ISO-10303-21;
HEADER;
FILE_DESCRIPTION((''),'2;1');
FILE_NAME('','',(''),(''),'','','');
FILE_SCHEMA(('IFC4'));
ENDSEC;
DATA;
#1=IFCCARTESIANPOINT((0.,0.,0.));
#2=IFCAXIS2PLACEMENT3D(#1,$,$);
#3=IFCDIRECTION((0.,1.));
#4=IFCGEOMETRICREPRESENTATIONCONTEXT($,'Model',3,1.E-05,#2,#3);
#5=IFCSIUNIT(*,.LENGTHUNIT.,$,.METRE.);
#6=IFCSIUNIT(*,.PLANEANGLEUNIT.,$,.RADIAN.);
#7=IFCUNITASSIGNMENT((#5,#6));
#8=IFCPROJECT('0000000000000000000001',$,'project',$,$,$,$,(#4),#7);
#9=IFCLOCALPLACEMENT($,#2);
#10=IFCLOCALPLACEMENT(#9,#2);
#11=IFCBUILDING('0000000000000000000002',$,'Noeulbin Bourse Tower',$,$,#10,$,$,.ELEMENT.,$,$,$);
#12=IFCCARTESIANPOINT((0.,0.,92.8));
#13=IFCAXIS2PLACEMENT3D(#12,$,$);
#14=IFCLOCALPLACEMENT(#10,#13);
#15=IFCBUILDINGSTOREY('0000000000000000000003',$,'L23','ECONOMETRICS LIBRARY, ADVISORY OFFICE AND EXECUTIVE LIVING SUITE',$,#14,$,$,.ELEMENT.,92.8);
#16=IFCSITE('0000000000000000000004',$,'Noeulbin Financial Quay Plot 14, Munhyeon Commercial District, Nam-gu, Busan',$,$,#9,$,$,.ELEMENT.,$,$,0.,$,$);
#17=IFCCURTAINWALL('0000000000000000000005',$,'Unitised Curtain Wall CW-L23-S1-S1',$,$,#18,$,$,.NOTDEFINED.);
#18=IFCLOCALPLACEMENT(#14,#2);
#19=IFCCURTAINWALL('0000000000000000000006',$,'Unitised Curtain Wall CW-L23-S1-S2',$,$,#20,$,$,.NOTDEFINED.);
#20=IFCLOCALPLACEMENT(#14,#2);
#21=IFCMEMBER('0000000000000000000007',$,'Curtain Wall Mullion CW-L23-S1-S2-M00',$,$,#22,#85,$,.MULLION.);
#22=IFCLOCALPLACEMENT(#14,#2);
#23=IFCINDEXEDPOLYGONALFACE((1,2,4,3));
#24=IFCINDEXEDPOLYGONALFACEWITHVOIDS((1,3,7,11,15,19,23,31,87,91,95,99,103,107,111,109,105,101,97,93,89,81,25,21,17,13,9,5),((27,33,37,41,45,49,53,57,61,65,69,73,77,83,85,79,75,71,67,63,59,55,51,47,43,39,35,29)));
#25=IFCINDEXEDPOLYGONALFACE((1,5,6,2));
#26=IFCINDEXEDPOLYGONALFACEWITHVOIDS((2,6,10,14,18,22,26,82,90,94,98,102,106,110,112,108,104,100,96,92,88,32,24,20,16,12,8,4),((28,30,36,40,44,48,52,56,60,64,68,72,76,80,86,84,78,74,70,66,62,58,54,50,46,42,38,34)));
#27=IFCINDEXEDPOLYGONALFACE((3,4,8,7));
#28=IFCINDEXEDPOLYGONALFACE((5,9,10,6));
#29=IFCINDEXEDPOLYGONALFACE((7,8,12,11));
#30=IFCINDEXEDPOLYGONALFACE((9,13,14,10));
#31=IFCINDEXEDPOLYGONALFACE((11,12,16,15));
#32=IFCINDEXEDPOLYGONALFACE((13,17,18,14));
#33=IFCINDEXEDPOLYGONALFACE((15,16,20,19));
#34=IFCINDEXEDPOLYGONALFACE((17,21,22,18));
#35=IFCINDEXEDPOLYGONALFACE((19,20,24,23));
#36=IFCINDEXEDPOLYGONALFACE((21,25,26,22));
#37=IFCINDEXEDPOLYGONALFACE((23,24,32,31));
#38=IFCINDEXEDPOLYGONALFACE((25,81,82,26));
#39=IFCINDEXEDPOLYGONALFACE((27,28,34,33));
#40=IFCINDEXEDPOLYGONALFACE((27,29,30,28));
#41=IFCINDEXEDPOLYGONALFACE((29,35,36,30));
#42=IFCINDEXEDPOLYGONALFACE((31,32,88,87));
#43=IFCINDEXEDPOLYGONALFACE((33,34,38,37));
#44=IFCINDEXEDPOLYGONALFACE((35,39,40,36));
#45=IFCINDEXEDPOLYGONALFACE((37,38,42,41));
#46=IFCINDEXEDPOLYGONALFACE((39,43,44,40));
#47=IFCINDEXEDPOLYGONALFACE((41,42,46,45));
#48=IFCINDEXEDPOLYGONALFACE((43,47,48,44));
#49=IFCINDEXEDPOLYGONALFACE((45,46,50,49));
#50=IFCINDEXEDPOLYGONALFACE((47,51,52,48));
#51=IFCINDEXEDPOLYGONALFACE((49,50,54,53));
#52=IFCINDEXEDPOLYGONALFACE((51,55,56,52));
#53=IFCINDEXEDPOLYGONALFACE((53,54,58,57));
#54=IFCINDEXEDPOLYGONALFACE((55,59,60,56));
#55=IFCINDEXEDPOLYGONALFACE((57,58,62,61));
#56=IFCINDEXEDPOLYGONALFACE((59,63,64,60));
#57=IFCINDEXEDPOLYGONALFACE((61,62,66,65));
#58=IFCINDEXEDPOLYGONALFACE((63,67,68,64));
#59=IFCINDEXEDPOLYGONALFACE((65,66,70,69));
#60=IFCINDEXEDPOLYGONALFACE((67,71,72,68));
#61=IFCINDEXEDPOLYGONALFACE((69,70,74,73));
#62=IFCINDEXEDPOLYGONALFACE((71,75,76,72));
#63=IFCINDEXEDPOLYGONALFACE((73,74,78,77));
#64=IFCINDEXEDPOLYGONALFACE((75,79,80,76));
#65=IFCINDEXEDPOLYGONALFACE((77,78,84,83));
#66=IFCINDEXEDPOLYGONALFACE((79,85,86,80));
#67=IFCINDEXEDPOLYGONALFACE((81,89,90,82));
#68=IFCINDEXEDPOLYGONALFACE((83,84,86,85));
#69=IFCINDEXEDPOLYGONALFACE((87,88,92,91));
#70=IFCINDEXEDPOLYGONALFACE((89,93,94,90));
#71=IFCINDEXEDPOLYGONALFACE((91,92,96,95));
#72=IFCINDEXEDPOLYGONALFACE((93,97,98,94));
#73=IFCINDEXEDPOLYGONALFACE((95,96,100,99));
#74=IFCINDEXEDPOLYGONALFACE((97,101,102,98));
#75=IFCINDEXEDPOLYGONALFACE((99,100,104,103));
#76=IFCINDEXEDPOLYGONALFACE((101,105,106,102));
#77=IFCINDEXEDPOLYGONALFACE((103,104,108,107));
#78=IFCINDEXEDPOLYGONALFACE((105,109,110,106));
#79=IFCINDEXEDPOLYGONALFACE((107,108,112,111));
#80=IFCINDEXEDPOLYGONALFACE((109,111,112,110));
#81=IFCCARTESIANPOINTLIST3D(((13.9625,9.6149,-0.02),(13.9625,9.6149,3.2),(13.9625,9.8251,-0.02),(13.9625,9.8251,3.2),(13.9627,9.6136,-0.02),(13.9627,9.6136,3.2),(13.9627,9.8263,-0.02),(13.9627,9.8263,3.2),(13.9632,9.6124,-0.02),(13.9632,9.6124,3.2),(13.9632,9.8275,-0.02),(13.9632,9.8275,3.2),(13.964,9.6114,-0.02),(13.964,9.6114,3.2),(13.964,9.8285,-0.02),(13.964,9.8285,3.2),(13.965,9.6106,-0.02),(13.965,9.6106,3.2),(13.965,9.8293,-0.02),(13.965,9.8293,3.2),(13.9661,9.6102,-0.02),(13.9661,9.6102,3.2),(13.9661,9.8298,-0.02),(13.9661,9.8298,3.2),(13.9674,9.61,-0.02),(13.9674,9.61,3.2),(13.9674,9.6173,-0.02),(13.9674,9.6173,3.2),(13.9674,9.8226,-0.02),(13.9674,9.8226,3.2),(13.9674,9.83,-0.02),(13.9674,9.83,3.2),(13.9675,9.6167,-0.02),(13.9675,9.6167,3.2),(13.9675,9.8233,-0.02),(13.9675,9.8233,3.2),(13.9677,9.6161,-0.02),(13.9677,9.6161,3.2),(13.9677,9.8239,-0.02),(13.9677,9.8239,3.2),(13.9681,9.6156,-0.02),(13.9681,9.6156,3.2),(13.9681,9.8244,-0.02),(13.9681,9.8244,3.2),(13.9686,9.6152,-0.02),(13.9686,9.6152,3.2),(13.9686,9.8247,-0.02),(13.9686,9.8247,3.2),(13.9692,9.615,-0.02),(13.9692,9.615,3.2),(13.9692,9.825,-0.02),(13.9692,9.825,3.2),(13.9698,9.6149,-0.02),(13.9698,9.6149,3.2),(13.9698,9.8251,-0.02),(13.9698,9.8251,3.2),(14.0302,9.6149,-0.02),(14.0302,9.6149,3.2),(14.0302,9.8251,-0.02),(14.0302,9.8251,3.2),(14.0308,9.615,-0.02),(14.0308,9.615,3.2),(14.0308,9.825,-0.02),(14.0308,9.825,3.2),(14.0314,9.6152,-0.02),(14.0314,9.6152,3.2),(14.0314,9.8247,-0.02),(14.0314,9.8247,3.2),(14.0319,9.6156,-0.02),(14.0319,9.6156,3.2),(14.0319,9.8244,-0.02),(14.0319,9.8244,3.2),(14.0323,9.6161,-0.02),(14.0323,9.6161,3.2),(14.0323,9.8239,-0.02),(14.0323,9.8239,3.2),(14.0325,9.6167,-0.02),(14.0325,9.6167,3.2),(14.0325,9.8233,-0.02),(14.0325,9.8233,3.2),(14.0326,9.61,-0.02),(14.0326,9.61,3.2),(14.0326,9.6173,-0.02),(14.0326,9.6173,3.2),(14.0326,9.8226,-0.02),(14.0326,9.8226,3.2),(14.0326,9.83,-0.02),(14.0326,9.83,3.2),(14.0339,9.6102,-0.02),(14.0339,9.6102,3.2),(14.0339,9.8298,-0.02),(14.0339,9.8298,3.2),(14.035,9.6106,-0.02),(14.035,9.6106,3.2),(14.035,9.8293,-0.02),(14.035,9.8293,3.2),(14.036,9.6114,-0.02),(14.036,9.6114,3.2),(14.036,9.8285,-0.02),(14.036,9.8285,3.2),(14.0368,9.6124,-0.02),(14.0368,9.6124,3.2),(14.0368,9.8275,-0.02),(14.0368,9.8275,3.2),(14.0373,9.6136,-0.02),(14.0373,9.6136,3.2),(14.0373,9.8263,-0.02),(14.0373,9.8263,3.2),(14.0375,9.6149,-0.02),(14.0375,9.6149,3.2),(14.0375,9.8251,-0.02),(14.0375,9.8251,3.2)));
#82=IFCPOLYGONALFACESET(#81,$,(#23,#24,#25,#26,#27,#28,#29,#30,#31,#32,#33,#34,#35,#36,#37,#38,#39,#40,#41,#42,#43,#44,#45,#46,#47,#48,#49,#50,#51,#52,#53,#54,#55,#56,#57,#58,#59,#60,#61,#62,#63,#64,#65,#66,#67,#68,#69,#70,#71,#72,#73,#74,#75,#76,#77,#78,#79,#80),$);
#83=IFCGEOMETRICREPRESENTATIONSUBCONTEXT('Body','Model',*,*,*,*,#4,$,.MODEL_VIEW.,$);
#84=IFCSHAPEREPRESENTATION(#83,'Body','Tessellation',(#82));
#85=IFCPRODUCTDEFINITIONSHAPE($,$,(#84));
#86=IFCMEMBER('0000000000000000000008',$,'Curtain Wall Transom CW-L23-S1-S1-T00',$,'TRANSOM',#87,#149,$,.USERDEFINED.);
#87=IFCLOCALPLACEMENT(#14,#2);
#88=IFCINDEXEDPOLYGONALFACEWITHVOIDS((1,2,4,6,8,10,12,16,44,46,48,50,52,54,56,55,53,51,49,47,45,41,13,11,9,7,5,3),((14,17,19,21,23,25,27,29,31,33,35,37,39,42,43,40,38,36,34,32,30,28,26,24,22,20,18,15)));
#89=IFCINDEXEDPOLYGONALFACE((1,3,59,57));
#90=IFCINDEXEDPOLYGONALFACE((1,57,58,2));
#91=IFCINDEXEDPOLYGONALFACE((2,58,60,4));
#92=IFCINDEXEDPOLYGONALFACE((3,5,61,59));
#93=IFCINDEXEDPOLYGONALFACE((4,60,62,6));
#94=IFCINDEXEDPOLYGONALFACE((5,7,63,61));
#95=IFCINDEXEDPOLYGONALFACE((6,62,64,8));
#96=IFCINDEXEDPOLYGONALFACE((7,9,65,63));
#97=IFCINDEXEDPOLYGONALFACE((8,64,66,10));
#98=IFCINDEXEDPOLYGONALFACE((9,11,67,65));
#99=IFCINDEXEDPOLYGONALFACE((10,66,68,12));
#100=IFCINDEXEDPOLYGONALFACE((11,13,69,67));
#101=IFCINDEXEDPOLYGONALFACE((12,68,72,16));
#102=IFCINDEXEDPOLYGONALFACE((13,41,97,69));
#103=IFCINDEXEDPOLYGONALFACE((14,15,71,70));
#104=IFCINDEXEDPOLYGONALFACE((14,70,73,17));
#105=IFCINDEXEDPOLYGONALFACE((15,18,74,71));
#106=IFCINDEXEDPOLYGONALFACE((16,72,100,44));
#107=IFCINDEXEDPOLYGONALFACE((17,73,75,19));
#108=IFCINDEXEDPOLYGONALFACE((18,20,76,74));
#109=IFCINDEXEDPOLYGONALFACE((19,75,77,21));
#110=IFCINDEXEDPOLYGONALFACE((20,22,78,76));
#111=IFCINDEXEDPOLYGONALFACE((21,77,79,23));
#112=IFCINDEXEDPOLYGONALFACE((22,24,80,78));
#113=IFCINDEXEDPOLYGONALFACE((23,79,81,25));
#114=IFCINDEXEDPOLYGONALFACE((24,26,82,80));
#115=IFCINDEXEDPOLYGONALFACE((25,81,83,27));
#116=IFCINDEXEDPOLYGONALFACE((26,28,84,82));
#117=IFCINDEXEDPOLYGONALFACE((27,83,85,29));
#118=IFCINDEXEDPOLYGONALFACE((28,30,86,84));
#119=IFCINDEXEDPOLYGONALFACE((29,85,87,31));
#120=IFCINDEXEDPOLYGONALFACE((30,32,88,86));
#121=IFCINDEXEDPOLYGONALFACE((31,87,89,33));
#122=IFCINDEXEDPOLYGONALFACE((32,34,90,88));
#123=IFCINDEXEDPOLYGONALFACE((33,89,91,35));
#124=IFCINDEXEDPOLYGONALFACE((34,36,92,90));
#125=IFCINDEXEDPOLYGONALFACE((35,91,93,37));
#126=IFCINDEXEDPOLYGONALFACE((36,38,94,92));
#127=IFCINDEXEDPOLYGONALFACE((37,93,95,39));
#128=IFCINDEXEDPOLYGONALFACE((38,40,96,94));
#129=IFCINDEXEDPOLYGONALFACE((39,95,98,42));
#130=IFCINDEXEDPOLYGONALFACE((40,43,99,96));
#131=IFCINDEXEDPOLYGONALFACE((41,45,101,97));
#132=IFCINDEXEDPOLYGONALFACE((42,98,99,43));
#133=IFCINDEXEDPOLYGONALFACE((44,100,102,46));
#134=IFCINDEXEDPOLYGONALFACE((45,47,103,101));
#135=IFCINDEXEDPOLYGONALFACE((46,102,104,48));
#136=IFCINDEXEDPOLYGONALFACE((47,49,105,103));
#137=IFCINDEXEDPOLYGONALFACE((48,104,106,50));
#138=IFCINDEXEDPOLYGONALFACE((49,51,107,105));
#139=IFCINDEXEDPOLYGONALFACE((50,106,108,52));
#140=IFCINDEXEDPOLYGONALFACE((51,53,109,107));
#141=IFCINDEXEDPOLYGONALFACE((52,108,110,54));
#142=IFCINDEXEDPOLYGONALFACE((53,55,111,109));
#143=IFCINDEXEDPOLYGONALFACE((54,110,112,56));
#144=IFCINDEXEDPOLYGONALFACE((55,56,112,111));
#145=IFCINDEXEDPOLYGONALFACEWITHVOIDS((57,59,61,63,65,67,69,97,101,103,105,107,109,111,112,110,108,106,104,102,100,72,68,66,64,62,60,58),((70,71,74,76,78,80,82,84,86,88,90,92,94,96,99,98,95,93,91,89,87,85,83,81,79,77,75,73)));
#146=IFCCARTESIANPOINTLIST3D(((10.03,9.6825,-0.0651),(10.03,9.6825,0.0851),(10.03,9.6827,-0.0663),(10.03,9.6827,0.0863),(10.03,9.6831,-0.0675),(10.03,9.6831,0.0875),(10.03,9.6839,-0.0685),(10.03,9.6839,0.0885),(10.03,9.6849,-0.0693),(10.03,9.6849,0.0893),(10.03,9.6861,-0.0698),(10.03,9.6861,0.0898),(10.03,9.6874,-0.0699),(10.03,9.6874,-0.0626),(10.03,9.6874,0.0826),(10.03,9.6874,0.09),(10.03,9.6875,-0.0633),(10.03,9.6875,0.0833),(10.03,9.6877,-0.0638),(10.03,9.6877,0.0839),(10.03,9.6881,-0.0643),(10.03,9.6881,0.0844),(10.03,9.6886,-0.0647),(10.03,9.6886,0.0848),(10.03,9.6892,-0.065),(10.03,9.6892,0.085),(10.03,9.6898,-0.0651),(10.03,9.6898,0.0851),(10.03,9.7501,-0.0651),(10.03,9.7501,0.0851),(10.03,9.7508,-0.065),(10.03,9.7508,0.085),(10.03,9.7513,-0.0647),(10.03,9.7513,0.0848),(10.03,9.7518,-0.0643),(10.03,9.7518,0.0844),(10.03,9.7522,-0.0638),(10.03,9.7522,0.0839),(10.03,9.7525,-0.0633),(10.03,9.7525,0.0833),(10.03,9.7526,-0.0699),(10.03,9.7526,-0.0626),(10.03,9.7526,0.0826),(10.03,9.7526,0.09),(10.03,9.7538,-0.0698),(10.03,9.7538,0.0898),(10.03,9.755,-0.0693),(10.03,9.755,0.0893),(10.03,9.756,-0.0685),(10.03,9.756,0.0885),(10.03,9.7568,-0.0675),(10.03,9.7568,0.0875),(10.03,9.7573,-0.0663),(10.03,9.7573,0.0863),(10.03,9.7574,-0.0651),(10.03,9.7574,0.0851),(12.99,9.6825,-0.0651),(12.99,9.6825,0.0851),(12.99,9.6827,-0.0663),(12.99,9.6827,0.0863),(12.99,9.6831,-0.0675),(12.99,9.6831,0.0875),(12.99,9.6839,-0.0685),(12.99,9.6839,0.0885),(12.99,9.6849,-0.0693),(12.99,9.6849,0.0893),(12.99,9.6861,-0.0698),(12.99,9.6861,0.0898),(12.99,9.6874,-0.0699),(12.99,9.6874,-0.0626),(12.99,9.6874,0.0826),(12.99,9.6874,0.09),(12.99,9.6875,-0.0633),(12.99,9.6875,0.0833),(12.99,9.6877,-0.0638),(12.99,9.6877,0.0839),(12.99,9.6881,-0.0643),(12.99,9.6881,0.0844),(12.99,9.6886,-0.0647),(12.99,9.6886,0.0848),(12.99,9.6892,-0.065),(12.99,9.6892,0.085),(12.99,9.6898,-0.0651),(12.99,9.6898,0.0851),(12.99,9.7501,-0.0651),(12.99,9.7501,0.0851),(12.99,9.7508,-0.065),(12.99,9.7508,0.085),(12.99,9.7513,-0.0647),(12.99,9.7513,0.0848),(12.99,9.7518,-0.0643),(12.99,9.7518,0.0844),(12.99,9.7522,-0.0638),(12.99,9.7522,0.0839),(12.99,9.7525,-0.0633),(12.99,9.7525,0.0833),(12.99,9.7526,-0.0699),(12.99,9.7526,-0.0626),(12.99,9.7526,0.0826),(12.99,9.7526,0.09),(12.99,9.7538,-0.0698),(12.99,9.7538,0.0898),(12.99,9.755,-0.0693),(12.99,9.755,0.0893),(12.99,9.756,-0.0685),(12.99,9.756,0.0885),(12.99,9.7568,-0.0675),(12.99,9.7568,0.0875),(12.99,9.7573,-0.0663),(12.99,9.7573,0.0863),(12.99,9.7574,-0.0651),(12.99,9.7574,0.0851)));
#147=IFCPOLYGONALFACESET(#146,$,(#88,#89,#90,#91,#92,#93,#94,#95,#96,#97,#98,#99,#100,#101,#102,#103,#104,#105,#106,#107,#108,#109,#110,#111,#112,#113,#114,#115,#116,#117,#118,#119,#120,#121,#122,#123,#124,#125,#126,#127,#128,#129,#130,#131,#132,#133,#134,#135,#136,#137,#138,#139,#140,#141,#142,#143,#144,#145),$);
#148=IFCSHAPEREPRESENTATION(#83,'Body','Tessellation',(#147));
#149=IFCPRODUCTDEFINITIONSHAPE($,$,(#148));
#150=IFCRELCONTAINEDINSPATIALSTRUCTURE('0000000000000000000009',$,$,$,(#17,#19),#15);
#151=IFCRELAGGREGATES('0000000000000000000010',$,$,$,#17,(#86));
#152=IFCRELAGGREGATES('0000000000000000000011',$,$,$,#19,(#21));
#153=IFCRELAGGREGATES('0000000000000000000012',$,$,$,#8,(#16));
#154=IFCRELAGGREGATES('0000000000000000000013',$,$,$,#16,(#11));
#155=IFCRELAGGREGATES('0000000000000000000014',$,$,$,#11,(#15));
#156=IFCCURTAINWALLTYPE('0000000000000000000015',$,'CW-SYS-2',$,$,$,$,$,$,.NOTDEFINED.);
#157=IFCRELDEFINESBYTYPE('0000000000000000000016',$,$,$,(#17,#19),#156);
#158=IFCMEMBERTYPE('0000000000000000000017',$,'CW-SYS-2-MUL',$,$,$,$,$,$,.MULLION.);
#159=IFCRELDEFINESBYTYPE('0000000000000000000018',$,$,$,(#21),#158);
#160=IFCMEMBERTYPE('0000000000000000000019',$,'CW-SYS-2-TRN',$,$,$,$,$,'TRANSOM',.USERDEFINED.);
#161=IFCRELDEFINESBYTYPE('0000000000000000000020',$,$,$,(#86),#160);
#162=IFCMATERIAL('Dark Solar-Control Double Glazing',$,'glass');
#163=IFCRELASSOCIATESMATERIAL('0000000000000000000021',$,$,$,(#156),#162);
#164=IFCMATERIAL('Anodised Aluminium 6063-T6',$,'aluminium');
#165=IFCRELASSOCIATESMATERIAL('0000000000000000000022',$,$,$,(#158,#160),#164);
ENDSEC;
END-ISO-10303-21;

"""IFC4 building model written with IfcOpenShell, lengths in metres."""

from ifc_helpers import new_model, si_unit, direction, frame, origin, origin_2d, place, context, subcontext, project, spatial, hollow_rectangle, extrude, material, material_profile, profile_set, type_object, element, aggregate, save


model = new_model("IFC4")

# Units and contexts
model_context = context("Model", 3, precision=1e-05, world=origin(), true_north=direction((0.0, 1.0)))
body_context = subcontext(model_context, "Body", "Model", "MODEL_VIEW")
ifc_project = project(units=[si_unit("LENGTHUNIT", "METRE"), si_unit("PLANEANGLEUNIT", "RADIAN")], contexts=[model_context])

# Site, building, storey
site_placement = place(None, origin())
site = spatial("IfcSite", under=ifc_project, at=site_placement, Name="Noeulbin Financial Quay Plot 14, Munhyeon Commercial District, Nam-gu, Busan", CompositionType="ELEMENT", RefElevation=0.0)
building_placement = place(site_placement, origin())
building = spatial("IfcBuilding", under=site, at=building_placement, Name="Noeulbin Bourse Tower", CompositionType="ELEMENT")
storey_placement = place(building_placement, frame((0.0, 0.0, 92.8)))
storey = spatial("IfcBuildingStorey", under=building, at=storey_placement, Name="L23", Description="ECONOMETRICS LIBRARY, ADVISORY OFFICE AND EXECUTIVE LIVING SUITE", CompositionType="ELEMENT", Elevation=92.8)

# Curtain wall
ifc_material_1 = material(Name="Dark Solar-Control Double Glazing", Category="glass")
curtain_wall_type = type_object("IfcCurtainWallType", Name="CW-SYS-2", PredefinedType="NOTDEFINED", material=ifc_material_1)
curtain_wall_1_placement = place(storey_placement, origin())
curtain_wall_1 = element("IfcCurtainWall", 1, at=curtain_wall_1_placement, inside=storey, type_object=curtain_wall_type, Name="Unitised Curtain Wall CW-L23-S1-S1", PredefinedType="NOTDEFINED")
ifc_material_2 = material(Name="Anodised Aluminium 6063-T6", Category="aluminium")
ifc_material_profile_1 = material_profile(ifc_material_2, hollow_rectangle(XDim=0.075, YDim=0.22, WallThickness=0.0049, InnerFilletRadius=0.0024, OuterFilletRadius=0.0049, at=origin_2d()), Name="ALU-MULL-75x220x5", Category="LoadBearing")
ifc_profile_set_1 = profile_set([ifc_material_profile_1], Name="Anodised Aluminium 6063-T6")
member_type_1 = type_object("IfcMemberType", Name="CW-SYS-2-MUL", PredefinedType="MULLION", material=ifc_profile_set_1)

# Curtain wall, member
curtain_wall_2_placement = place(storey_placement, origin())
curtain_wall_2 = element("IfcCurtainWall", 2, at=curtain_wall_2_placement, inside=storey, type_object=curtain_wall_type, Name="Unitised Curtain Wall CW-L23-S1-S2", PredefinedType="NOTDEFINED")
member_1_placement = place(storey_placement, frame((14.0, 9.72, -0.02), z_axis=(0.0, 0.0, 1.0), x_axis=(1.0, 0.0, 0.0)))
member_1 = element("IfcMember", 3, at=member_1_placement, type_object=member_type_1, Name="Curtain Wall Mullion CW-L23-S1-S2-M00", PredefinedType="MULLION", context=body_context, shape_type="SweptSolid", body=[
    extrude(hollow_rectangle(XDim=0.075, YDim=0.22, WallThickness=0.0049, InnerFilletRadius=0.0024, OuterFilletRadius=0.0049, at=origin_2d()), origin(), (0.0, 0.0, 1.0), 3.22),
])

# Member
ifc_material_profile_2 = material_profile(ifc_material_2, hollow_rectangle(XDim=0.075, YDim=0.1599, WallThickness=0.0049, InnerFilletRadius=0.0024, OuterFilletRadius=0.0049, at=origin_2d()), Name="ALU-TRAN-75x160x5", Category="LoadBearing")
ifc_profile_set_2 = profile_set([ifc_material_profile_2], Name="Anodised Aluminium 6063-T6")
member_type_2 = type_object("IfcMemberType", Name="CW-SYS-2-TRN", ElementType="TRANSOM", PredefinedType="USERDEFINED", material=ifc_profile_set_2)
member_2_placement = place(storey_placement, frame((10.03, 9.72, 0.01), z_axis=(1.0, 0.0, 0.0), x_axis=(0.0, 1.0, 0.0)))
member_2 = element("IfcMember", 4, at=member_2_placement, type_object=member_type_2, Name="Curtain Wall Transom CW-L23-S1-S1-T00", ObjectType="TRANSOM", PredefinedType="USERDEFINED", context=body_context, shape_type="SweptSolid", body=[
    extrude(hollow_rectangle(XDim=0.075, YDim=0.1599, WallThickness=0.0049, InnerFilletRadius=0.0024, OuterFilletRadius=0.0049, at=origin_2d()), origin(), (0.0, 0.0, 1.0), 2.96),
])

aggregate(curtain_wall_1, [member_2])
aggregate(curtain_wall_2, [member_1])

save(model, "model.ifc")
